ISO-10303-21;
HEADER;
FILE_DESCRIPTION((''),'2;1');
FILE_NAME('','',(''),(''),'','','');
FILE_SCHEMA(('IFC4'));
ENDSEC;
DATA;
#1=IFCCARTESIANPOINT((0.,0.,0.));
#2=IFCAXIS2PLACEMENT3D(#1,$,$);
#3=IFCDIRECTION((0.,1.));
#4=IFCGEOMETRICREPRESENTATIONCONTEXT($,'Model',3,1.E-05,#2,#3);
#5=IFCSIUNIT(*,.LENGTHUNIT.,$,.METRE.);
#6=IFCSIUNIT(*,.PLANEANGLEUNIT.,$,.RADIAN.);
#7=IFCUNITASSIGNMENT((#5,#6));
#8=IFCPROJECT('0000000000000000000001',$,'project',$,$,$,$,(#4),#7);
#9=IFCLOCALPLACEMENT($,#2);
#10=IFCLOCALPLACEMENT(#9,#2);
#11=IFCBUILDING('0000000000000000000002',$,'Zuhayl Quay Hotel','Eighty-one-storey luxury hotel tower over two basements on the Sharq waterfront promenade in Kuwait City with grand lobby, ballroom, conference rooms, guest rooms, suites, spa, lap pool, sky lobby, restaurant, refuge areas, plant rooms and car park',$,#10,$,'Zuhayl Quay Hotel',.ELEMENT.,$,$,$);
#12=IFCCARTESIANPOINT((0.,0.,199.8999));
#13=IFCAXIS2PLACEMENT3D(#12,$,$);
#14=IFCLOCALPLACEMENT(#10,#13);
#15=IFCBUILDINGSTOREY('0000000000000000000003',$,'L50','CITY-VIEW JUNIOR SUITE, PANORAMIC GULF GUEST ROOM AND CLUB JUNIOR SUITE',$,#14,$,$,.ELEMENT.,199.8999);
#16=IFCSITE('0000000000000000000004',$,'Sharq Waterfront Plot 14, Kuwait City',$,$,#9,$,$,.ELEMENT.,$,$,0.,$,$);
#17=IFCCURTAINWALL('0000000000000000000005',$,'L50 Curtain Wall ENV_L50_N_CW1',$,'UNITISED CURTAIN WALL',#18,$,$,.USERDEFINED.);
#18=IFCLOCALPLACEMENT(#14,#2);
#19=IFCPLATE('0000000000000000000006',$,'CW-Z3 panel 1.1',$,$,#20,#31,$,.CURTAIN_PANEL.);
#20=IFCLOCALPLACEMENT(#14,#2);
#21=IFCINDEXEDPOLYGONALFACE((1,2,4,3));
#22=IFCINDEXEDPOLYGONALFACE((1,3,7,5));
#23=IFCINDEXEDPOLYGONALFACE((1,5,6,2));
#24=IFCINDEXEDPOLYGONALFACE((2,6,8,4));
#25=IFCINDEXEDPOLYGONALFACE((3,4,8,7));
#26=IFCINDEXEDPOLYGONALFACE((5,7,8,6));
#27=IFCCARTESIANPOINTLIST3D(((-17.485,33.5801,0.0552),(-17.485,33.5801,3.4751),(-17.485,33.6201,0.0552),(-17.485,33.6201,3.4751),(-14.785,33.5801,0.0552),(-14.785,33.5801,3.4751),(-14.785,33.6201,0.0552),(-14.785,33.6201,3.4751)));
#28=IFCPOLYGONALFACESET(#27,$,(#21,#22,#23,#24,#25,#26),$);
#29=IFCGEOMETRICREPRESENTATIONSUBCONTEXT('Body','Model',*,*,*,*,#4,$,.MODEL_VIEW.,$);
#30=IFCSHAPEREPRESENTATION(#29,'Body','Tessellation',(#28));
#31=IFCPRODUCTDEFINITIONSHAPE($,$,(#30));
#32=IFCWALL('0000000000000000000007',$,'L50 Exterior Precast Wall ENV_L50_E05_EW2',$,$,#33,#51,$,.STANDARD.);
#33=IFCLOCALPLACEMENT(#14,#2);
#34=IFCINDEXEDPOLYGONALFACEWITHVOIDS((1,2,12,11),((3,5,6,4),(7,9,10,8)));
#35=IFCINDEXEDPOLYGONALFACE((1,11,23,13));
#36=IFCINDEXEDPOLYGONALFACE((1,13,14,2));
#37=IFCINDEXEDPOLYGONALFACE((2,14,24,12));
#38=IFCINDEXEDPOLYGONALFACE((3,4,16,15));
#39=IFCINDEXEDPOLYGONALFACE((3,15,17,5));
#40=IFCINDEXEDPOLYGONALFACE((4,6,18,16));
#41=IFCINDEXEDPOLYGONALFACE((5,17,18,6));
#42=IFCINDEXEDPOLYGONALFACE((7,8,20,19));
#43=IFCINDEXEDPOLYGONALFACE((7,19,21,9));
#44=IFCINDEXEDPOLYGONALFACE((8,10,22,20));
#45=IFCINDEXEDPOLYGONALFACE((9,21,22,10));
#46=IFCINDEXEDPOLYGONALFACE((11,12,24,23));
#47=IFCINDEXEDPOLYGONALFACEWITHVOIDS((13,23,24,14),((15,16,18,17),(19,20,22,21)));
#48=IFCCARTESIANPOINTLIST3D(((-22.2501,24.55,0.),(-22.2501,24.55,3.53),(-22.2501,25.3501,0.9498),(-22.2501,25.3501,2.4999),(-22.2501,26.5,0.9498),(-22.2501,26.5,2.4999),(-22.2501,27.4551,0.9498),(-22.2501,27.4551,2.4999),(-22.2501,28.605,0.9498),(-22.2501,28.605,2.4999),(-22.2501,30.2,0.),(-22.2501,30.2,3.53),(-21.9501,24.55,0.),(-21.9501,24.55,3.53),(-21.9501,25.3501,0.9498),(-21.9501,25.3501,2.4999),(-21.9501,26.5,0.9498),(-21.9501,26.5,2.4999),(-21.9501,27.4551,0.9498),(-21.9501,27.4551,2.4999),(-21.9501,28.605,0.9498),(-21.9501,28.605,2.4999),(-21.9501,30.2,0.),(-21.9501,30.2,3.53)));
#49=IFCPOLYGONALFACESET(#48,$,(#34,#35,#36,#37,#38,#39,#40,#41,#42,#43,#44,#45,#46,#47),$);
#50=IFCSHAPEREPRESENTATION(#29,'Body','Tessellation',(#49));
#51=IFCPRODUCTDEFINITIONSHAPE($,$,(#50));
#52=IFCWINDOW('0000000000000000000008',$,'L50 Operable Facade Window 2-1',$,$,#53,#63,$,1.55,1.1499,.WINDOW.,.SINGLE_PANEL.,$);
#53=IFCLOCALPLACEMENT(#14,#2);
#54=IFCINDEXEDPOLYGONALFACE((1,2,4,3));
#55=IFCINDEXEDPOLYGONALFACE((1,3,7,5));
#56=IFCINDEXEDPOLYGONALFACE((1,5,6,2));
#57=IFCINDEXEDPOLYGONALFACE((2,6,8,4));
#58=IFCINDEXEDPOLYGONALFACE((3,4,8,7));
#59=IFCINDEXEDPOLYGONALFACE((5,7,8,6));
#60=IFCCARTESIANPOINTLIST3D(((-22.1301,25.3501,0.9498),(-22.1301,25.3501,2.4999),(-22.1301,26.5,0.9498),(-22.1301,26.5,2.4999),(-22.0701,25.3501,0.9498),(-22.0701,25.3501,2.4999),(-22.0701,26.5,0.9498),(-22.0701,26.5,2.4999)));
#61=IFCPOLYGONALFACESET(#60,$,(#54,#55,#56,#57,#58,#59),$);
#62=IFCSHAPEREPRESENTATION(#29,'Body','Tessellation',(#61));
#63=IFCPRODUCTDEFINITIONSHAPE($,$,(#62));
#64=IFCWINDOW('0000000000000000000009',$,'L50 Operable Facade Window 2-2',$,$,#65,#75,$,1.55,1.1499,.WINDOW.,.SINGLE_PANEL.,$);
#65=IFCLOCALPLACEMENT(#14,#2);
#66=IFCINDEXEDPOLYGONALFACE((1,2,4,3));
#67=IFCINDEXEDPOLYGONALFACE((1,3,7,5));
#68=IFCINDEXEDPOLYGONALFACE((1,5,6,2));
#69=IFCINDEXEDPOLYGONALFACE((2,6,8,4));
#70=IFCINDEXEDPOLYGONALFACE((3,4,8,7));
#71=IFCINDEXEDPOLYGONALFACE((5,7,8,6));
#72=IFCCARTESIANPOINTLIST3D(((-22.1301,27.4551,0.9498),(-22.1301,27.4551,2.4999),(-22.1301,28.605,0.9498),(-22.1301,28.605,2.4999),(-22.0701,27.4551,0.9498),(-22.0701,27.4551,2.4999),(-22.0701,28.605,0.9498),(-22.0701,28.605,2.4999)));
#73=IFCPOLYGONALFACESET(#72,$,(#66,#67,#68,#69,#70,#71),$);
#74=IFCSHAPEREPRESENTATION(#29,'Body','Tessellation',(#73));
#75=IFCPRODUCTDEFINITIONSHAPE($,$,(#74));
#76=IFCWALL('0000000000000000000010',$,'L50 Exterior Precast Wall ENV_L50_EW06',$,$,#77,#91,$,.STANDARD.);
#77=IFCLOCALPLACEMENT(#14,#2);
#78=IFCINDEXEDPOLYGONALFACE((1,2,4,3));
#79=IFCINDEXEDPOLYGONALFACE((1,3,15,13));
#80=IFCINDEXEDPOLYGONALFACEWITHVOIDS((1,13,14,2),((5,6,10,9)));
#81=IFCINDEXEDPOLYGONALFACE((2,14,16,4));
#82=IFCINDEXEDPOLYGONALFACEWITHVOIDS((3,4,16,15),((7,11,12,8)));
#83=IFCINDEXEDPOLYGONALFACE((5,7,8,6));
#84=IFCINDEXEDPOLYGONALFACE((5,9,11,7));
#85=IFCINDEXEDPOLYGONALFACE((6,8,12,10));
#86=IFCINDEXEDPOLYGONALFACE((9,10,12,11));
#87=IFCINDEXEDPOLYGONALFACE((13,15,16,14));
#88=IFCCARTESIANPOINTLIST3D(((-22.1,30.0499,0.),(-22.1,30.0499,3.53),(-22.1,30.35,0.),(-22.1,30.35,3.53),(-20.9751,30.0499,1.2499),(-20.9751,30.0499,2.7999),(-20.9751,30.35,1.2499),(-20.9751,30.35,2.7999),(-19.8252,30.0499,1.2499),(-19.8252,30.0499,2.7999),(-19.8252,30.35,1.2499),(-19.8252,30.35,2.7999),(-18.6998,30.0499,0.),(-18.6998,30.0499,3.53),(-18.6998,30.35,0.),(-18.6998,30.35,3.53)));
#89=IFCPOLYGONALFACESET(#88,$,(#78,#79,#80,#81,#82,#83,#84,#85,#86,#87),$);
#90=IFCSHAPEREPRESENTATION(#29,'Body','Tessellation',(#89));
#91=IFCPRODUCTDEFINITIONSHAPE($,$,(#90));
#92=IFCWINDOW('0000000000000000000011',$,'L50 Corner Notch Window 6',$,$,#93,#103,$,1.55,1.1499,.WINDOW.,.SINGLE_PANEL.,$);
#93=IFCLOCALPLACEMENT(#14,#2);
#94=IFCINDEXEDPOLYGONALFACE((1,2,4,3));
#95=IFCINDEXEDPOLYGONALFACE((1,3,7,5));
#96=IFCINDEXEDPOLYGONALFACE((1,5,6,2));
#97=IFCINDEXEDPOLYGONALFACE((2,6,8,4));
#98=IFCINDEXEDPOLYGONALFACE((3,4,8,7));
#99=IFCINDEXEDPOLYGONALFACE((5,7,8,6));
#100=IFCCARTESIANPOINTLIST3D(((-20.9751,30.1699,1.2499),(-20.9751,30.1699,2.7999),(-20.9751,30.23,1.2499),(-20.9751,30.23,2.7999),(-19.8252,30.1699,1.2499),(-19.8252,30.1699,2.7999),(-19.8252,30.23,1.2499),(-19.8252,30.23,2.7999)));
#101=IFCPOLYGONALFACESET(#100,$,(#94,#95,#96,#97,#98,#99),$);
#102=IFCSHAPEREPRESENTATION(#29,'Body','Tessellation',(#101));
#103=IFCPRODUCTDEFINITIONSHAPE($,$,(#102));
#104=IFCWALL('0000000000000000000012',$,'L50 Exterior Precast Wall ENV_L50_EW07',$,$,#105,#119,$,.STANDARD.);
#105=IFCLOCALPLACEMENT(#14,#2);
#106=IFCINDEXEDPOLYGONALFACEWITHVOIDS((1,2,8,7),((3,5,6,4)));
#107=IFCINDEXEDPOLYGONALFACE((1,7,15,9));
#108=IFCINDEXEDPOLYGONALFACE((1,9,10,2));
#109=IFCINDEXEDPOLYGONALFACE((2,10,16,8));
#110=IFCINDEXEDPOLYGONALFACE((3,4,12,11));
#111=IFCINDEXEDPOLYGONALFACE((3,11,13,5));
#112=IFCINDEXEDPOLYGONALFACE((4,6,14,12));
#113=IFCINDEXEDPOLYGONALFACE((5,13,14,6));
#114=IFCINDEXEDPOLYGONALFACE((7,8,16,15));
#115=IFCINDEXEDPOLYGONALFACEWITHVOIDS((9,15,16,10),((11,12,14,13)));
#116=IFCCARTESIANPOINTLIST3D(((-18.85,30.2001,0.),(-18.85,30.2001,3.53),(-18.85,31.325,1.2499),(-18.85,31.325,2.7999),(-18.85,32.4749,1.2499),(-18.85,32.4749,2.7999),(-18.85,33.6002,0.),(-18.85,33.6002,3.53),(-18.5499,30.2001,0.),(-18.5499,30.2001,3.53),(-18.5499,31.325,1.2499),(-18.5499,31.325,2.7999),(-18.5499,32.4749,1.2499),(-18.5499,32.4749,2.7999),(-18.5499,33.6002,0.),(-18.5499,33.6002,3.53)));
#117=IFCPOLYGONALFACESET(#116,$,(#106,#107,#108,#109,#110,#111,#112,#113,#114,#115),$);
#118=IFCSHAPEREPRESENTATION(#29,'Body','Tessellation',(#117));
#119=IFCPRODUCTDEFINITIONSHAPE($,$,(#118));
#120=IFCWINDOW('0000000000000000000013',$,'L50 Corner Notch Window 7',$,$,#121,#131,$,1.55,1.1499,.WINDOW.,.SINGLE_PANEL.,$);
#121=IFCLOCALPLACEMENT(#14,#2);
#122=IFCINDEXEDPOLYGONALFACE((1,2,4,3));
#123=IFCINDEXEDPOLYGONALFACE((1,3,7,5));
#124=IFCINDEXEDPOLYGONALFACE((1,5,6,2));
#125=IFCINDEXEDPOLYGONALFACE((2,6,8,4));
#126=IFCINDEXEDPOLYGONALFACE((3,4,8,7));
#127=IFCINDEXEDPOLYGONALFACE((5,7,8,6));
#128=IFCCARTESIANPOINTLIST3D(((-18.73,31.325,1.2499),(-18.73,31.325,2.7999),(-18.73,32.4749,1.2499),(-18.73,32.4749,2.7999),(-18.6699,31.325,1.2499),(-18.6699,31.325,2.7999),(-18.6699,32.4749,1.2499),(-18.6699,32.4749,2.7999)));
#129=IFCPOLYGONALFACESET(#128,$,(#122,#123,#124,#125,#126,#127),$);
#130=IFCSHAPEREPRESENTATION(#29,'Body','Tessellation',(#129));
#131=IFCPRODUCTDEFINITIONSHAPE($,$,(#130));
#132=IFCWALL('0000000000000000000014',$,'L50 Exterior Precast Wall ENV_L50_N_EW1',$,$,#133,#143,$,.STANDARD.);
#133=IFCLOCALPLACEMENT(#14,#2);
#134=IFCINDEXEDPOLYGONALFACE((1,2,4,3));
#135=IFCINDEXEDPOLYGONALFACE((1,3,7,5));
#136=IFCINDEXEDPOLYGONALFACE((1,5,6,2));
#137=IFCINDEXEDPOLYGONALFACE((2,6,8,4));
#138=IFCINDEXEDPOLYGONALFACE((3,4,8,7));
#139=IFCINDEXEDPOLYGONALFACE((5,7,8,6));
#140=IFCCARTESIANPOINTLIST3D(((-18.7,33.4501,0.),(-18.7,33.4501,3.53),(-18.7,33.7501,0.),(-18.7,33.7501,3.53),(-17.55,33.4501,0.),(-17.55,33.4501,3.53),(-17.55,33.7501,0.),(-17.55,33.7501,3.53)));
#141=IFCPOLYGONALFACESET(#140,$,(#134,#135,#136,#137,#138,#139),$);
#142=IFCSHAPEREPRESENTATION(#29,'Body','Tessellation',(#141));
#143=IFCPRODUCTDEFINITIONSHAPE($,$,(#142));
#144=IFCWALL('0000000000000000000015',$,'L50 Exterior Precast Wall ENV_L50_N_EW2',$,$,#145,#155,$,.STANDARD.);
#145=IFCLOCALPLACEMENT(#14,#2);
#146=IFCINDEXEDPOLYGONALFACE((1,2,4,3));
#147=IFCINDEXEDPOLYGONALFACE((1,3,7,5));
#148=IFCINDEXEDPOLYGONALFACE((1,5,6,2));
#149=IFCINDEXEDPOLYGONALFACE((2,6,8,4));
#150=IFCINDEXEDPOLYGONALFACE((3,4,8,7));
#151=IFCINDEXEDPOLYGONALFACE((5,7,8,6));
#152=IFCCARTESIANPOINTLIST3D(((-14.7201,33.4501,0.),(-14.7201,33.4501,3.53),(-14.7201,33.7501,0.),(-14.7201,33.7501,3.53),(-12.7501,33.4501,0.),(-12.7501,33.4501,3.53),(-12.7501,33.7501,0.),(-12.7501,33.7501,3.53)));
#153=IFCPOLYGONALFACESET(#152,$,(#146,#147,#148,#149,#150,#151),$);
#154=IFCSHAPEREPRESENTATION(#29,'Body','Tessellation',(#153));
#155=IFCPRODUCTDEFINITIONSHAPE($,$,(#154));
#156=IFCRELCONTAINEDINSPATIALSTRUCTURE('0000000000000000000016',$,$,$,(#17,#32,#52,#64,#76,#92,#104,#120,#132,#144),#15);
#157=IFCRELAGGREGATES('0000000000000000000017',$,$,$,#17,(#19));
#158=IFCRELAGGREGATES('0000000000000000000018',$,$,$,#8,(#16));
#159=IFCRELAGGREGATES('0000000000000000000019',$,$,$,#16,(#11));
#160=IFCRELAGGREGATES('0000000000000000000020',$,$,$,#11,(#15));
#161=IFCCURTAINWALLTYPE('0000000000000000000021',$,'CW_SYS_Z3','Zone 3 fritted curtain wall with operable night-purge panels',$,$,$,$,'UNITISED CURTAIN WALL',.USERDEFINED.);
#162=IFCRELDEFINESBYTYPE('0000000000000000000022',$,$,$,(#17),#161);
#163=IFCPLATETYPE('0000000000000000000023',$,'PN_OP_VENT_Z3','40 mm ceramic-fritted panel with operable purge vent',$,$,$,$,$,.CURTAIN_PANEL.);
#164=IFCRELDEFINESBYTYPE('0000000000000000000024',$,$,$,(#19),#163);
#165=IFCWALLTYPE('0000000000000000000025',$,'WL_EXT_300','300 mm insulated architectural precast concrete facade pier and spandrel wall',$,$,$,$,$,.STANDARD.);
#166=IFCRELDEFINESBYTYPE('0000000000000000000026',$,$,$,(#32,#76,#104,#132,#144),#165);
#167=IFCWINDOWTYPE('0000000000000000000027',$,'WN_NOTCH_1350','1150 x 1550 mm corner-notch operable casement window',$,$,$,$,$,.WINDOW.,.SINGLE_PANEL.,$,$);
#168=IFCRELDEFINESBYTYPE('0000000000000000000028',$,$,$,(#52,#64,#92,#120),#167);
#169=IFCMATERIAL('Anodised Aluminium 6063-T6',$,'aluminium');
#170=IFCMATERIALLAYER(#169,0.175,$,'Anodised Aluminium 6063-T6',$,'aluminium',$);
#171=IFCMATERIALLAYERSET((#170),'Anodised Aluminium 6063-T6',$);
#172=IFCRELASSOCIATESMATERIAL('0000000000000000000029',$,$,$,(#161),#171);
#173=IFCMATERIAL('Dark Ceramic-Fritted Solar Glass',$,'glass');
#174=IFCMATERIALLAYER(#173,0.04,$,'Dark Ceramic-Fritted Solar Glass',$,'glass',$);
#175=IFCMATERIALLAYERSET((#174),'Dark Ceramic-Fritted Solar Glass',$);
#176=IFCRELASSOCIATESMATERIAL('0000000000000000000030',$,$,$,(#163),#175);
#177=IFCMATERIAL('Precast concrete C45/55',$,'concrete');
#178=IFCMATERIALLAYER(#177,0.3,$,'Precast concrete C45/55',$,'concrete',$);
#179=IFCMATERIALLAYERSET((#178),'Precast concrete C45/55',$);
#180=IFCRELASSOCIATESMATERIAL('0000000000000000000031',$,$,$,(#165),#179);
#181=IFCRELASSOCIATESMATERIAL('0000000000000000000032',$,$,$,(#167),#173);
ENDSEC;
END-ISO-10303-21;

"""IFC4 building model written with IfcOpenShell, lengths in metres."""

from ifc_helpers import new_model, si_unit, direction, frame, frame_2d, origin, origin_2d, place, context, subcontext, project, spatial, rectangle, extrude, material, layer, layer_set, type_object, element, fill, aggregate, save


model = new_model("IFC4")

# Units and contexts
model_context = context("Model", 3, precision=1e-05, world=origin(), true_north=direction((0.0, 1.0)))
body_context = subcontext(model_context, "Body", "Model", "MODEL_VIEW")
ifc_project = project(units=[si_unit("LENGTHUNIT", "METRE"), si_unit("PLANEANGLEUNIT", "RADIAN")], contexts=[model_context])

# Site, building, storey
site_placement = place(None, origin())
site = spatial("IfcSite", under=ifc_project, at=site_placement, Name="Sharq Waterfront Plot 14, Kuwait City", CompositionType="ELEMENT", RefElevation=0.0)
building_placement = place(site_placement, origin())
building = spatial("IfcBuilding", under=site, at=building_placement, Name="Zuhayl Quay Hotel", Description="Eighty-one-storey luxury hotel tower over two basements on the Sharq waterfront promenade in Kuwait City with grand lobby, ballroom, conference rooms, guest rooms, suites, spa, lap pool, sky lobby, restaurant, refuge areas, plant rooms and car park", LongName="Zuhayl Quay Hotel", CompositionType="ELEMENT")
storey_placement = place(building_placement, frame((0.0, 0.0, 199.8999)))
storey = spatial("IfcBuildingStorey", under=building, at=storey_placement, Name="L50", Description="CITY-VIEW JUNIOR SUITE, PANORAMIC GULF GUEST ROOM AND CLUB JUNIOR SUITE", CompositionType="ELEMENT", Elevation=199.8999)

# Shared definitions
ifc_material_1 = material(Name="Anodised Aluminium 6063-T6", Category="aluminium")
ifc_layer_1 = layer(ifc_material_1, 0.175, Name="Anodised Aluminium 6063-T6", Category="aluminium")
ifc_layer_set_1 = layer_set([ifc_layer_1], Name="Anodised Aluminium 6063-T6")
curtain_wall_type = type_object("IfcCurtainWallType", Name="CW_SYS_Z3", Description="Zone 3 fritted curtain wall with operable night-purge panels", ElementType="UNITISED CURTAIN WALL", PredefinedType="USERDEFINED", material=ifc_layer_set_1)

# Curtain wall, plate
curtain_wall_1_placement = place(storey_placement, origin())
curtain_wall_1 = element("IfcCurtainWall", 1, at=curtain_wall_1_placement, inside=storey, type_object=curtain_wall_type, Name="L50 Curtain Wall ENV_L50_N_CW1", ObjectType="UNITISED CURTAIN WALL", PredefinedType="USERDEFINED")
ifc_material_2 = material(Name="Dark Ceramic-Fritted Solar Glass", Category="glass")
ifc_layer_2 = layer(ifc_material_2, 0.04, Name="Dark Ceramic-Fritted Solar Glass", Category="glass")
ifc_layer_set_2 = layer_set([ifc_layer_2], Name="Dark Ceramic-Fritted Solar Glass")
plate_type = type_object("IfcPlateType", Name="PN_OP_VENT_Z3", Description="40 mm ceramic-fritted panel with operable purge vent", PredefinedType="CURTAIN_PANEL", material=ifc_layer_set_2)
plate_placement = place(storey_placement, frame((-16.135, 33.6001, 0.0552), z_axis=(0.0, 0.0, 1.0), x_axis=(1.0, 0.0, 0.0)))
plate = element("IfcPlate", 2, at=plate_placement, type_object=plate_type, Name="CW-Z3 panel 1.1", PredefinedType="CURTAIN_PANEL", context=body_context, shape_type="SweptSolid", body=[
    extrude(rectangle(XDim=2.7, YDim=0.04, at=origin_2d()), origin(), (0.0, 0.0, 1.0), 3.4199),
])
aggregate(curtain_wall_1, [plate])

# Wall, openings, windows
ifc_material_3 = material(Name="Precast concrete C45/55", Category="concrete")
ifc_layer_3 = layer(ifc_material_3, 0.3, Name="Precast concrete C45/55", Category="concrete")
ifc_layer_set_3 = layer_set([ifc_layer_3], Name="Precast concrete C45/55")
wall_type_1 = type_object("IfcWallType", Name="WL_EXT_300", Description="300 mm insulated architectural precast concrete facade pier and spandrel wall", PredefinedType="STANDARD", material=ifc_layer_set_3)
wall_1_placement = place(storey_placement, frame((-22.1001, 24.55, 0.0), z_axis=(0.0, 0.0, 1.0), x_axis=(0.0, 1.0, 0.0)))
wall_1 = element("IfcWall", 3, at=wall_1_placement, inside=storey, type_object=wall_type_1, Name="L50 Exterior Precast Wall ENV_L50_E05_EW2", PredefinedType="STANDARD", context=body_context, shape_type="SweptSolid", body=[
    extrude(rectangle(XDim=5.6499, YDim=0.3, at=frame_2d((2.825, 0.0))), origin(), (0.0, 0.0, 1.0), 3.53),
])
opening_1_placement = place(wall_1_placement, frame((0.8, 0.0, 0.95)))
opening_1 = element("IfcOpeningElement", 4, at=opening_1_placement, cuts=wall_1, PredefinedType="OPENING", context=body_context, shape_type="SweptSolid", body=[
    extrude(rectangle(XDim=1.1499, YDim=1.55, at=frame_2d((0.575, 0.7749))), frame((0.0, 0.1599, 0.0), z_axis=(0.0, -1.0, 0.0), x_axis=(1.0, 0.0, 0.0)), (0.0, 0.0, 1.0), 0.3201),
])
opening_2_placement = place(wall_1_placement, frame((2.905, 0.0, 0.95)))
opening_2 = element("IfcOpeningElement", 5, at=opening_2_placement, cuts=wall_1, PredefinedType="OPENING", context=body_context, shape_type="SweptSolid", body=[
    extrude(rectangle(XDim=1.1499, YDim=1.55, at=frame_2d((0.575, 0.7749))), frame((0.0, 0.1599, 0.0), z_axis=(0.0, -1.0, 0.0), x_axis=(1.0, 0.0, 0.0)), (0.0, 0.0, 1.0), 0.3201),
])
window_type = type_object("IfcWindowType", Name="WN_NOTCH_1350", Description="1150 x 1550 mm corner-notch operable casement window", PartitioningType="SINGLE_PANEL", PredefinedType="WINDOW", material=ifc_material_2)
window_1_placement = place(opening_1_placement, origin())
window_1 = element("IfcWindow", 6, at=window_1_placement, inside=storey, type_object=window_type, Name="L50 Operable Facade Window 2-1", OverallHeight=1.55, OverallWidth=1.1499, PartitioningType="SINGLE_PANEL", PredefinedType="WINDOW", context=body_context, shape_type="SweptSolid", body=[
    extrude(rectangle(XDim=1.1499, YDim=1.55, at=frame_2d((0.575, 0.7749))), frame((0.0, 0.03, 0.0), z_axis=(0.0, -1.0, 0.0), x_axis=(1.0, 0.0, 0.0)), (0.0, 0.0, 1.0), 0.0601),
])
fill(opening_1, window_1)
window_2_placement = place(opening_2_placement, origin())
window_2 = element("IfcWindow", 7, at=window_2_placement, inside=storey, type_object=window_type, Name="L50 Operable Facade Window 2-2", OverallHeight=1.55, OverallWidth=1.1499, PartitioningType="SINGLE_PANEL", PredefinedType="WINDOW", context=body_context, shape_type="SweptSolid", body=[
    extrude(rectangle(XDim=1.1499, YDim=1.55, at=frame_2d((0.575, 0.7749))), frame((0.0, 0.03, 0.0), z_axis=(0.0, -1.0, 0.0), x_axis=(1.0, 0.0, 0.0)), (0.0, 0.0, 1.0), 0.0601),
])
fill(opening_2, window_2)

# Walls, openings, windows
wall_2_placement = place(storey_placement, frame((-22.1001, 30.2, 0.0), z_axis=(0.0, 0.0, 1.0), x_axis=(1.0, 0.0, 0.0)))
wall_2 = element("IfcWall", 8, at=wall_2_placement, inside=storey, type_object=wall_type_1, Name="L50 Exterior Precast Wall ENV_L50_EW06", PredefinedType="STANDARD", context=body_context, shape_type="SweptSolid", body=[
    extrude(rectangle(XDim=3.4001, YDim=0.3, at=frame_2d((1.7002, 0.0))), origin(), (0.0, 0.0, 1.0), 3.53),
])
opening_3_placement = place(wall_2_placement, frame((1.125, 0.0, 1.25)))
opening_3 = element("IfcOpeningElement", 9, at=opening_3_placement, cuts=wall_2, PredefinedType="OPENING", context=body_context, shape_type="SweptSolid", body=[
    extrude(rectangle(XDim=1.1499, YDim=1.55, at=frame_2d((0.575, 0.7749))), frame((0.0, 0.1599, 0.0), z_axis=(0.0, -1.0, 0.0), x_axis=(1.0, 0.0, 0.0)), (0.0, 0.0, 1.0), 0.3201),
])
window_3_placement = place(opening_3_placement, origin())
window_3 = element("IfcWindow", 10, at=window_3_placement, inside=storey, type_object=window_type, Name="L50 Corner Notch Window 6", OverallHeight=1.55, OverallWidth=1.1499, PartitioningType="SINGLE_PANEL", PredefinedType="WINDOW", context=body_context, shape_type="SweptSolid", body=[
    extrude(rectangle(XDim=1.1499, YDim=1.55, at=frame_2d((0.575, 0.7749))), frame((0.0, 0.03, 0.0), z_axis=(0.0, -1.0, 0.0), x_axis=(1.0, 0.0, 0.0)), (0.0, 0.0, 1.0), 0.0601),
])
fill(opening_3, window_3)
wall_3_placement = place(storey_placement, frame((-18.7, 30.2, 0.0), z_axis=(0.0, 0.0, 1.0), x_axis=(0.0, 1.0, 0.0)))
wall_3 = element("IfcWall", 11, at=wall_3_placement, inside=storey, type_object=wall_type_1, Name="L50 Exterior Precast Wall ENV_L50_EW07", PredefinedType="STANDARD", context=body_context, shape_type="SweptSolid", body=[
    extrude(rectangle(XDim=3.4001, YDim=0.3, at=frame_2d((1.7002, 0.0))), origin(), (0.0, 0.0, 1.0), 3.53),
])
opening_4_placement = place(wall_3_placement, frame((1.125, 0.0, 1.25)))
opening_4 = element("IfcOpeningElement", 12, at=opening_4_placement, cuts=wall_3, PredefinedType="OPENING", context=body_context, shape_type="SweptSolid", body=[
    extrude(rectangle(XDim=1.1499, YDim=1.55, at=frame_2d((0.575, 0.7749))), frame((0.0, 0.1599, 0.0), z_axis=(0.0, -1.0, 0.0), x_axis=(1.0, 0.0, 0.0)), (0.0, 0.0, 1.0), 0.3201),
])
window_4_placement = place(opening_4_placement, origin())
window_4 = element("IfcWindow", 13, at=window_4_placement, inside=storey, type_object=window_type, Name="L50 Corner Notch Window 7", OverallHeight=1.55, OverallWidth=1.1499, PartitioningType="SINGLE_PANEL", PredefinedType="WINDOW", context=body_context, shape_type="SweptSolid", body=[
    extrude(rectangle(XDim=1.1499, YDim=1.55, at=frame_2d((0.575, 0.7749))), frame((0.0, 0.03, 0.0), z_axis=(0.0, -1.0, 0.0), x_axis=(1.0, 0.0, 0.0)), (0.0, 0.0, 1.0), 0.0601),
])
fill(opening_4, window_4)

# Walls
wall_4_placement = place(storey_placement, frame((-18.7, 33.6001, 0.0), z_axis=(0.0, 0.0, 1.0), x_axis=(1.0, 0.0, 0.0)))
element("IfcWall", 14, at=wall_4_placement, inside=storey, type_object=wall_type_1, Name="L50 Exterior Precast Wall ENV_L50_N_EW1", PredefinedType="STANDARD", context=body_context, shape_type="SweptSolid", body=[
    extrude(rectangle(XDim=1.1499, YDim=0.3, at=frame_2d((0.575, 0.0))), origin(), (0.0, 0.0, 1.0), 3.53),
])
wall_5_placement = place(storey_placement, frame((-14.72, 33.6001, 0.0), z_axis=(0.0, 0.0, 1.0), x_axis=(1.0, 0.0, 0.0)))
element("IfcWall", 15, at=wall_5_placement, inside=storey, type_object=wall_type_1, Name="L50 Exterior Precast Wall ENV_L50_N_EW2", PredefinedType="STANDARD", context=body_context, shape_type="SweptSolid", body=[
    extrude(rectangle(XDim=1.97, YDim=0.3, at=frame_2d((0.9849, 0.0))), origin(), (0.0, 0.0, 1.0), 3.53),
])

save(model, "model.ifc")
